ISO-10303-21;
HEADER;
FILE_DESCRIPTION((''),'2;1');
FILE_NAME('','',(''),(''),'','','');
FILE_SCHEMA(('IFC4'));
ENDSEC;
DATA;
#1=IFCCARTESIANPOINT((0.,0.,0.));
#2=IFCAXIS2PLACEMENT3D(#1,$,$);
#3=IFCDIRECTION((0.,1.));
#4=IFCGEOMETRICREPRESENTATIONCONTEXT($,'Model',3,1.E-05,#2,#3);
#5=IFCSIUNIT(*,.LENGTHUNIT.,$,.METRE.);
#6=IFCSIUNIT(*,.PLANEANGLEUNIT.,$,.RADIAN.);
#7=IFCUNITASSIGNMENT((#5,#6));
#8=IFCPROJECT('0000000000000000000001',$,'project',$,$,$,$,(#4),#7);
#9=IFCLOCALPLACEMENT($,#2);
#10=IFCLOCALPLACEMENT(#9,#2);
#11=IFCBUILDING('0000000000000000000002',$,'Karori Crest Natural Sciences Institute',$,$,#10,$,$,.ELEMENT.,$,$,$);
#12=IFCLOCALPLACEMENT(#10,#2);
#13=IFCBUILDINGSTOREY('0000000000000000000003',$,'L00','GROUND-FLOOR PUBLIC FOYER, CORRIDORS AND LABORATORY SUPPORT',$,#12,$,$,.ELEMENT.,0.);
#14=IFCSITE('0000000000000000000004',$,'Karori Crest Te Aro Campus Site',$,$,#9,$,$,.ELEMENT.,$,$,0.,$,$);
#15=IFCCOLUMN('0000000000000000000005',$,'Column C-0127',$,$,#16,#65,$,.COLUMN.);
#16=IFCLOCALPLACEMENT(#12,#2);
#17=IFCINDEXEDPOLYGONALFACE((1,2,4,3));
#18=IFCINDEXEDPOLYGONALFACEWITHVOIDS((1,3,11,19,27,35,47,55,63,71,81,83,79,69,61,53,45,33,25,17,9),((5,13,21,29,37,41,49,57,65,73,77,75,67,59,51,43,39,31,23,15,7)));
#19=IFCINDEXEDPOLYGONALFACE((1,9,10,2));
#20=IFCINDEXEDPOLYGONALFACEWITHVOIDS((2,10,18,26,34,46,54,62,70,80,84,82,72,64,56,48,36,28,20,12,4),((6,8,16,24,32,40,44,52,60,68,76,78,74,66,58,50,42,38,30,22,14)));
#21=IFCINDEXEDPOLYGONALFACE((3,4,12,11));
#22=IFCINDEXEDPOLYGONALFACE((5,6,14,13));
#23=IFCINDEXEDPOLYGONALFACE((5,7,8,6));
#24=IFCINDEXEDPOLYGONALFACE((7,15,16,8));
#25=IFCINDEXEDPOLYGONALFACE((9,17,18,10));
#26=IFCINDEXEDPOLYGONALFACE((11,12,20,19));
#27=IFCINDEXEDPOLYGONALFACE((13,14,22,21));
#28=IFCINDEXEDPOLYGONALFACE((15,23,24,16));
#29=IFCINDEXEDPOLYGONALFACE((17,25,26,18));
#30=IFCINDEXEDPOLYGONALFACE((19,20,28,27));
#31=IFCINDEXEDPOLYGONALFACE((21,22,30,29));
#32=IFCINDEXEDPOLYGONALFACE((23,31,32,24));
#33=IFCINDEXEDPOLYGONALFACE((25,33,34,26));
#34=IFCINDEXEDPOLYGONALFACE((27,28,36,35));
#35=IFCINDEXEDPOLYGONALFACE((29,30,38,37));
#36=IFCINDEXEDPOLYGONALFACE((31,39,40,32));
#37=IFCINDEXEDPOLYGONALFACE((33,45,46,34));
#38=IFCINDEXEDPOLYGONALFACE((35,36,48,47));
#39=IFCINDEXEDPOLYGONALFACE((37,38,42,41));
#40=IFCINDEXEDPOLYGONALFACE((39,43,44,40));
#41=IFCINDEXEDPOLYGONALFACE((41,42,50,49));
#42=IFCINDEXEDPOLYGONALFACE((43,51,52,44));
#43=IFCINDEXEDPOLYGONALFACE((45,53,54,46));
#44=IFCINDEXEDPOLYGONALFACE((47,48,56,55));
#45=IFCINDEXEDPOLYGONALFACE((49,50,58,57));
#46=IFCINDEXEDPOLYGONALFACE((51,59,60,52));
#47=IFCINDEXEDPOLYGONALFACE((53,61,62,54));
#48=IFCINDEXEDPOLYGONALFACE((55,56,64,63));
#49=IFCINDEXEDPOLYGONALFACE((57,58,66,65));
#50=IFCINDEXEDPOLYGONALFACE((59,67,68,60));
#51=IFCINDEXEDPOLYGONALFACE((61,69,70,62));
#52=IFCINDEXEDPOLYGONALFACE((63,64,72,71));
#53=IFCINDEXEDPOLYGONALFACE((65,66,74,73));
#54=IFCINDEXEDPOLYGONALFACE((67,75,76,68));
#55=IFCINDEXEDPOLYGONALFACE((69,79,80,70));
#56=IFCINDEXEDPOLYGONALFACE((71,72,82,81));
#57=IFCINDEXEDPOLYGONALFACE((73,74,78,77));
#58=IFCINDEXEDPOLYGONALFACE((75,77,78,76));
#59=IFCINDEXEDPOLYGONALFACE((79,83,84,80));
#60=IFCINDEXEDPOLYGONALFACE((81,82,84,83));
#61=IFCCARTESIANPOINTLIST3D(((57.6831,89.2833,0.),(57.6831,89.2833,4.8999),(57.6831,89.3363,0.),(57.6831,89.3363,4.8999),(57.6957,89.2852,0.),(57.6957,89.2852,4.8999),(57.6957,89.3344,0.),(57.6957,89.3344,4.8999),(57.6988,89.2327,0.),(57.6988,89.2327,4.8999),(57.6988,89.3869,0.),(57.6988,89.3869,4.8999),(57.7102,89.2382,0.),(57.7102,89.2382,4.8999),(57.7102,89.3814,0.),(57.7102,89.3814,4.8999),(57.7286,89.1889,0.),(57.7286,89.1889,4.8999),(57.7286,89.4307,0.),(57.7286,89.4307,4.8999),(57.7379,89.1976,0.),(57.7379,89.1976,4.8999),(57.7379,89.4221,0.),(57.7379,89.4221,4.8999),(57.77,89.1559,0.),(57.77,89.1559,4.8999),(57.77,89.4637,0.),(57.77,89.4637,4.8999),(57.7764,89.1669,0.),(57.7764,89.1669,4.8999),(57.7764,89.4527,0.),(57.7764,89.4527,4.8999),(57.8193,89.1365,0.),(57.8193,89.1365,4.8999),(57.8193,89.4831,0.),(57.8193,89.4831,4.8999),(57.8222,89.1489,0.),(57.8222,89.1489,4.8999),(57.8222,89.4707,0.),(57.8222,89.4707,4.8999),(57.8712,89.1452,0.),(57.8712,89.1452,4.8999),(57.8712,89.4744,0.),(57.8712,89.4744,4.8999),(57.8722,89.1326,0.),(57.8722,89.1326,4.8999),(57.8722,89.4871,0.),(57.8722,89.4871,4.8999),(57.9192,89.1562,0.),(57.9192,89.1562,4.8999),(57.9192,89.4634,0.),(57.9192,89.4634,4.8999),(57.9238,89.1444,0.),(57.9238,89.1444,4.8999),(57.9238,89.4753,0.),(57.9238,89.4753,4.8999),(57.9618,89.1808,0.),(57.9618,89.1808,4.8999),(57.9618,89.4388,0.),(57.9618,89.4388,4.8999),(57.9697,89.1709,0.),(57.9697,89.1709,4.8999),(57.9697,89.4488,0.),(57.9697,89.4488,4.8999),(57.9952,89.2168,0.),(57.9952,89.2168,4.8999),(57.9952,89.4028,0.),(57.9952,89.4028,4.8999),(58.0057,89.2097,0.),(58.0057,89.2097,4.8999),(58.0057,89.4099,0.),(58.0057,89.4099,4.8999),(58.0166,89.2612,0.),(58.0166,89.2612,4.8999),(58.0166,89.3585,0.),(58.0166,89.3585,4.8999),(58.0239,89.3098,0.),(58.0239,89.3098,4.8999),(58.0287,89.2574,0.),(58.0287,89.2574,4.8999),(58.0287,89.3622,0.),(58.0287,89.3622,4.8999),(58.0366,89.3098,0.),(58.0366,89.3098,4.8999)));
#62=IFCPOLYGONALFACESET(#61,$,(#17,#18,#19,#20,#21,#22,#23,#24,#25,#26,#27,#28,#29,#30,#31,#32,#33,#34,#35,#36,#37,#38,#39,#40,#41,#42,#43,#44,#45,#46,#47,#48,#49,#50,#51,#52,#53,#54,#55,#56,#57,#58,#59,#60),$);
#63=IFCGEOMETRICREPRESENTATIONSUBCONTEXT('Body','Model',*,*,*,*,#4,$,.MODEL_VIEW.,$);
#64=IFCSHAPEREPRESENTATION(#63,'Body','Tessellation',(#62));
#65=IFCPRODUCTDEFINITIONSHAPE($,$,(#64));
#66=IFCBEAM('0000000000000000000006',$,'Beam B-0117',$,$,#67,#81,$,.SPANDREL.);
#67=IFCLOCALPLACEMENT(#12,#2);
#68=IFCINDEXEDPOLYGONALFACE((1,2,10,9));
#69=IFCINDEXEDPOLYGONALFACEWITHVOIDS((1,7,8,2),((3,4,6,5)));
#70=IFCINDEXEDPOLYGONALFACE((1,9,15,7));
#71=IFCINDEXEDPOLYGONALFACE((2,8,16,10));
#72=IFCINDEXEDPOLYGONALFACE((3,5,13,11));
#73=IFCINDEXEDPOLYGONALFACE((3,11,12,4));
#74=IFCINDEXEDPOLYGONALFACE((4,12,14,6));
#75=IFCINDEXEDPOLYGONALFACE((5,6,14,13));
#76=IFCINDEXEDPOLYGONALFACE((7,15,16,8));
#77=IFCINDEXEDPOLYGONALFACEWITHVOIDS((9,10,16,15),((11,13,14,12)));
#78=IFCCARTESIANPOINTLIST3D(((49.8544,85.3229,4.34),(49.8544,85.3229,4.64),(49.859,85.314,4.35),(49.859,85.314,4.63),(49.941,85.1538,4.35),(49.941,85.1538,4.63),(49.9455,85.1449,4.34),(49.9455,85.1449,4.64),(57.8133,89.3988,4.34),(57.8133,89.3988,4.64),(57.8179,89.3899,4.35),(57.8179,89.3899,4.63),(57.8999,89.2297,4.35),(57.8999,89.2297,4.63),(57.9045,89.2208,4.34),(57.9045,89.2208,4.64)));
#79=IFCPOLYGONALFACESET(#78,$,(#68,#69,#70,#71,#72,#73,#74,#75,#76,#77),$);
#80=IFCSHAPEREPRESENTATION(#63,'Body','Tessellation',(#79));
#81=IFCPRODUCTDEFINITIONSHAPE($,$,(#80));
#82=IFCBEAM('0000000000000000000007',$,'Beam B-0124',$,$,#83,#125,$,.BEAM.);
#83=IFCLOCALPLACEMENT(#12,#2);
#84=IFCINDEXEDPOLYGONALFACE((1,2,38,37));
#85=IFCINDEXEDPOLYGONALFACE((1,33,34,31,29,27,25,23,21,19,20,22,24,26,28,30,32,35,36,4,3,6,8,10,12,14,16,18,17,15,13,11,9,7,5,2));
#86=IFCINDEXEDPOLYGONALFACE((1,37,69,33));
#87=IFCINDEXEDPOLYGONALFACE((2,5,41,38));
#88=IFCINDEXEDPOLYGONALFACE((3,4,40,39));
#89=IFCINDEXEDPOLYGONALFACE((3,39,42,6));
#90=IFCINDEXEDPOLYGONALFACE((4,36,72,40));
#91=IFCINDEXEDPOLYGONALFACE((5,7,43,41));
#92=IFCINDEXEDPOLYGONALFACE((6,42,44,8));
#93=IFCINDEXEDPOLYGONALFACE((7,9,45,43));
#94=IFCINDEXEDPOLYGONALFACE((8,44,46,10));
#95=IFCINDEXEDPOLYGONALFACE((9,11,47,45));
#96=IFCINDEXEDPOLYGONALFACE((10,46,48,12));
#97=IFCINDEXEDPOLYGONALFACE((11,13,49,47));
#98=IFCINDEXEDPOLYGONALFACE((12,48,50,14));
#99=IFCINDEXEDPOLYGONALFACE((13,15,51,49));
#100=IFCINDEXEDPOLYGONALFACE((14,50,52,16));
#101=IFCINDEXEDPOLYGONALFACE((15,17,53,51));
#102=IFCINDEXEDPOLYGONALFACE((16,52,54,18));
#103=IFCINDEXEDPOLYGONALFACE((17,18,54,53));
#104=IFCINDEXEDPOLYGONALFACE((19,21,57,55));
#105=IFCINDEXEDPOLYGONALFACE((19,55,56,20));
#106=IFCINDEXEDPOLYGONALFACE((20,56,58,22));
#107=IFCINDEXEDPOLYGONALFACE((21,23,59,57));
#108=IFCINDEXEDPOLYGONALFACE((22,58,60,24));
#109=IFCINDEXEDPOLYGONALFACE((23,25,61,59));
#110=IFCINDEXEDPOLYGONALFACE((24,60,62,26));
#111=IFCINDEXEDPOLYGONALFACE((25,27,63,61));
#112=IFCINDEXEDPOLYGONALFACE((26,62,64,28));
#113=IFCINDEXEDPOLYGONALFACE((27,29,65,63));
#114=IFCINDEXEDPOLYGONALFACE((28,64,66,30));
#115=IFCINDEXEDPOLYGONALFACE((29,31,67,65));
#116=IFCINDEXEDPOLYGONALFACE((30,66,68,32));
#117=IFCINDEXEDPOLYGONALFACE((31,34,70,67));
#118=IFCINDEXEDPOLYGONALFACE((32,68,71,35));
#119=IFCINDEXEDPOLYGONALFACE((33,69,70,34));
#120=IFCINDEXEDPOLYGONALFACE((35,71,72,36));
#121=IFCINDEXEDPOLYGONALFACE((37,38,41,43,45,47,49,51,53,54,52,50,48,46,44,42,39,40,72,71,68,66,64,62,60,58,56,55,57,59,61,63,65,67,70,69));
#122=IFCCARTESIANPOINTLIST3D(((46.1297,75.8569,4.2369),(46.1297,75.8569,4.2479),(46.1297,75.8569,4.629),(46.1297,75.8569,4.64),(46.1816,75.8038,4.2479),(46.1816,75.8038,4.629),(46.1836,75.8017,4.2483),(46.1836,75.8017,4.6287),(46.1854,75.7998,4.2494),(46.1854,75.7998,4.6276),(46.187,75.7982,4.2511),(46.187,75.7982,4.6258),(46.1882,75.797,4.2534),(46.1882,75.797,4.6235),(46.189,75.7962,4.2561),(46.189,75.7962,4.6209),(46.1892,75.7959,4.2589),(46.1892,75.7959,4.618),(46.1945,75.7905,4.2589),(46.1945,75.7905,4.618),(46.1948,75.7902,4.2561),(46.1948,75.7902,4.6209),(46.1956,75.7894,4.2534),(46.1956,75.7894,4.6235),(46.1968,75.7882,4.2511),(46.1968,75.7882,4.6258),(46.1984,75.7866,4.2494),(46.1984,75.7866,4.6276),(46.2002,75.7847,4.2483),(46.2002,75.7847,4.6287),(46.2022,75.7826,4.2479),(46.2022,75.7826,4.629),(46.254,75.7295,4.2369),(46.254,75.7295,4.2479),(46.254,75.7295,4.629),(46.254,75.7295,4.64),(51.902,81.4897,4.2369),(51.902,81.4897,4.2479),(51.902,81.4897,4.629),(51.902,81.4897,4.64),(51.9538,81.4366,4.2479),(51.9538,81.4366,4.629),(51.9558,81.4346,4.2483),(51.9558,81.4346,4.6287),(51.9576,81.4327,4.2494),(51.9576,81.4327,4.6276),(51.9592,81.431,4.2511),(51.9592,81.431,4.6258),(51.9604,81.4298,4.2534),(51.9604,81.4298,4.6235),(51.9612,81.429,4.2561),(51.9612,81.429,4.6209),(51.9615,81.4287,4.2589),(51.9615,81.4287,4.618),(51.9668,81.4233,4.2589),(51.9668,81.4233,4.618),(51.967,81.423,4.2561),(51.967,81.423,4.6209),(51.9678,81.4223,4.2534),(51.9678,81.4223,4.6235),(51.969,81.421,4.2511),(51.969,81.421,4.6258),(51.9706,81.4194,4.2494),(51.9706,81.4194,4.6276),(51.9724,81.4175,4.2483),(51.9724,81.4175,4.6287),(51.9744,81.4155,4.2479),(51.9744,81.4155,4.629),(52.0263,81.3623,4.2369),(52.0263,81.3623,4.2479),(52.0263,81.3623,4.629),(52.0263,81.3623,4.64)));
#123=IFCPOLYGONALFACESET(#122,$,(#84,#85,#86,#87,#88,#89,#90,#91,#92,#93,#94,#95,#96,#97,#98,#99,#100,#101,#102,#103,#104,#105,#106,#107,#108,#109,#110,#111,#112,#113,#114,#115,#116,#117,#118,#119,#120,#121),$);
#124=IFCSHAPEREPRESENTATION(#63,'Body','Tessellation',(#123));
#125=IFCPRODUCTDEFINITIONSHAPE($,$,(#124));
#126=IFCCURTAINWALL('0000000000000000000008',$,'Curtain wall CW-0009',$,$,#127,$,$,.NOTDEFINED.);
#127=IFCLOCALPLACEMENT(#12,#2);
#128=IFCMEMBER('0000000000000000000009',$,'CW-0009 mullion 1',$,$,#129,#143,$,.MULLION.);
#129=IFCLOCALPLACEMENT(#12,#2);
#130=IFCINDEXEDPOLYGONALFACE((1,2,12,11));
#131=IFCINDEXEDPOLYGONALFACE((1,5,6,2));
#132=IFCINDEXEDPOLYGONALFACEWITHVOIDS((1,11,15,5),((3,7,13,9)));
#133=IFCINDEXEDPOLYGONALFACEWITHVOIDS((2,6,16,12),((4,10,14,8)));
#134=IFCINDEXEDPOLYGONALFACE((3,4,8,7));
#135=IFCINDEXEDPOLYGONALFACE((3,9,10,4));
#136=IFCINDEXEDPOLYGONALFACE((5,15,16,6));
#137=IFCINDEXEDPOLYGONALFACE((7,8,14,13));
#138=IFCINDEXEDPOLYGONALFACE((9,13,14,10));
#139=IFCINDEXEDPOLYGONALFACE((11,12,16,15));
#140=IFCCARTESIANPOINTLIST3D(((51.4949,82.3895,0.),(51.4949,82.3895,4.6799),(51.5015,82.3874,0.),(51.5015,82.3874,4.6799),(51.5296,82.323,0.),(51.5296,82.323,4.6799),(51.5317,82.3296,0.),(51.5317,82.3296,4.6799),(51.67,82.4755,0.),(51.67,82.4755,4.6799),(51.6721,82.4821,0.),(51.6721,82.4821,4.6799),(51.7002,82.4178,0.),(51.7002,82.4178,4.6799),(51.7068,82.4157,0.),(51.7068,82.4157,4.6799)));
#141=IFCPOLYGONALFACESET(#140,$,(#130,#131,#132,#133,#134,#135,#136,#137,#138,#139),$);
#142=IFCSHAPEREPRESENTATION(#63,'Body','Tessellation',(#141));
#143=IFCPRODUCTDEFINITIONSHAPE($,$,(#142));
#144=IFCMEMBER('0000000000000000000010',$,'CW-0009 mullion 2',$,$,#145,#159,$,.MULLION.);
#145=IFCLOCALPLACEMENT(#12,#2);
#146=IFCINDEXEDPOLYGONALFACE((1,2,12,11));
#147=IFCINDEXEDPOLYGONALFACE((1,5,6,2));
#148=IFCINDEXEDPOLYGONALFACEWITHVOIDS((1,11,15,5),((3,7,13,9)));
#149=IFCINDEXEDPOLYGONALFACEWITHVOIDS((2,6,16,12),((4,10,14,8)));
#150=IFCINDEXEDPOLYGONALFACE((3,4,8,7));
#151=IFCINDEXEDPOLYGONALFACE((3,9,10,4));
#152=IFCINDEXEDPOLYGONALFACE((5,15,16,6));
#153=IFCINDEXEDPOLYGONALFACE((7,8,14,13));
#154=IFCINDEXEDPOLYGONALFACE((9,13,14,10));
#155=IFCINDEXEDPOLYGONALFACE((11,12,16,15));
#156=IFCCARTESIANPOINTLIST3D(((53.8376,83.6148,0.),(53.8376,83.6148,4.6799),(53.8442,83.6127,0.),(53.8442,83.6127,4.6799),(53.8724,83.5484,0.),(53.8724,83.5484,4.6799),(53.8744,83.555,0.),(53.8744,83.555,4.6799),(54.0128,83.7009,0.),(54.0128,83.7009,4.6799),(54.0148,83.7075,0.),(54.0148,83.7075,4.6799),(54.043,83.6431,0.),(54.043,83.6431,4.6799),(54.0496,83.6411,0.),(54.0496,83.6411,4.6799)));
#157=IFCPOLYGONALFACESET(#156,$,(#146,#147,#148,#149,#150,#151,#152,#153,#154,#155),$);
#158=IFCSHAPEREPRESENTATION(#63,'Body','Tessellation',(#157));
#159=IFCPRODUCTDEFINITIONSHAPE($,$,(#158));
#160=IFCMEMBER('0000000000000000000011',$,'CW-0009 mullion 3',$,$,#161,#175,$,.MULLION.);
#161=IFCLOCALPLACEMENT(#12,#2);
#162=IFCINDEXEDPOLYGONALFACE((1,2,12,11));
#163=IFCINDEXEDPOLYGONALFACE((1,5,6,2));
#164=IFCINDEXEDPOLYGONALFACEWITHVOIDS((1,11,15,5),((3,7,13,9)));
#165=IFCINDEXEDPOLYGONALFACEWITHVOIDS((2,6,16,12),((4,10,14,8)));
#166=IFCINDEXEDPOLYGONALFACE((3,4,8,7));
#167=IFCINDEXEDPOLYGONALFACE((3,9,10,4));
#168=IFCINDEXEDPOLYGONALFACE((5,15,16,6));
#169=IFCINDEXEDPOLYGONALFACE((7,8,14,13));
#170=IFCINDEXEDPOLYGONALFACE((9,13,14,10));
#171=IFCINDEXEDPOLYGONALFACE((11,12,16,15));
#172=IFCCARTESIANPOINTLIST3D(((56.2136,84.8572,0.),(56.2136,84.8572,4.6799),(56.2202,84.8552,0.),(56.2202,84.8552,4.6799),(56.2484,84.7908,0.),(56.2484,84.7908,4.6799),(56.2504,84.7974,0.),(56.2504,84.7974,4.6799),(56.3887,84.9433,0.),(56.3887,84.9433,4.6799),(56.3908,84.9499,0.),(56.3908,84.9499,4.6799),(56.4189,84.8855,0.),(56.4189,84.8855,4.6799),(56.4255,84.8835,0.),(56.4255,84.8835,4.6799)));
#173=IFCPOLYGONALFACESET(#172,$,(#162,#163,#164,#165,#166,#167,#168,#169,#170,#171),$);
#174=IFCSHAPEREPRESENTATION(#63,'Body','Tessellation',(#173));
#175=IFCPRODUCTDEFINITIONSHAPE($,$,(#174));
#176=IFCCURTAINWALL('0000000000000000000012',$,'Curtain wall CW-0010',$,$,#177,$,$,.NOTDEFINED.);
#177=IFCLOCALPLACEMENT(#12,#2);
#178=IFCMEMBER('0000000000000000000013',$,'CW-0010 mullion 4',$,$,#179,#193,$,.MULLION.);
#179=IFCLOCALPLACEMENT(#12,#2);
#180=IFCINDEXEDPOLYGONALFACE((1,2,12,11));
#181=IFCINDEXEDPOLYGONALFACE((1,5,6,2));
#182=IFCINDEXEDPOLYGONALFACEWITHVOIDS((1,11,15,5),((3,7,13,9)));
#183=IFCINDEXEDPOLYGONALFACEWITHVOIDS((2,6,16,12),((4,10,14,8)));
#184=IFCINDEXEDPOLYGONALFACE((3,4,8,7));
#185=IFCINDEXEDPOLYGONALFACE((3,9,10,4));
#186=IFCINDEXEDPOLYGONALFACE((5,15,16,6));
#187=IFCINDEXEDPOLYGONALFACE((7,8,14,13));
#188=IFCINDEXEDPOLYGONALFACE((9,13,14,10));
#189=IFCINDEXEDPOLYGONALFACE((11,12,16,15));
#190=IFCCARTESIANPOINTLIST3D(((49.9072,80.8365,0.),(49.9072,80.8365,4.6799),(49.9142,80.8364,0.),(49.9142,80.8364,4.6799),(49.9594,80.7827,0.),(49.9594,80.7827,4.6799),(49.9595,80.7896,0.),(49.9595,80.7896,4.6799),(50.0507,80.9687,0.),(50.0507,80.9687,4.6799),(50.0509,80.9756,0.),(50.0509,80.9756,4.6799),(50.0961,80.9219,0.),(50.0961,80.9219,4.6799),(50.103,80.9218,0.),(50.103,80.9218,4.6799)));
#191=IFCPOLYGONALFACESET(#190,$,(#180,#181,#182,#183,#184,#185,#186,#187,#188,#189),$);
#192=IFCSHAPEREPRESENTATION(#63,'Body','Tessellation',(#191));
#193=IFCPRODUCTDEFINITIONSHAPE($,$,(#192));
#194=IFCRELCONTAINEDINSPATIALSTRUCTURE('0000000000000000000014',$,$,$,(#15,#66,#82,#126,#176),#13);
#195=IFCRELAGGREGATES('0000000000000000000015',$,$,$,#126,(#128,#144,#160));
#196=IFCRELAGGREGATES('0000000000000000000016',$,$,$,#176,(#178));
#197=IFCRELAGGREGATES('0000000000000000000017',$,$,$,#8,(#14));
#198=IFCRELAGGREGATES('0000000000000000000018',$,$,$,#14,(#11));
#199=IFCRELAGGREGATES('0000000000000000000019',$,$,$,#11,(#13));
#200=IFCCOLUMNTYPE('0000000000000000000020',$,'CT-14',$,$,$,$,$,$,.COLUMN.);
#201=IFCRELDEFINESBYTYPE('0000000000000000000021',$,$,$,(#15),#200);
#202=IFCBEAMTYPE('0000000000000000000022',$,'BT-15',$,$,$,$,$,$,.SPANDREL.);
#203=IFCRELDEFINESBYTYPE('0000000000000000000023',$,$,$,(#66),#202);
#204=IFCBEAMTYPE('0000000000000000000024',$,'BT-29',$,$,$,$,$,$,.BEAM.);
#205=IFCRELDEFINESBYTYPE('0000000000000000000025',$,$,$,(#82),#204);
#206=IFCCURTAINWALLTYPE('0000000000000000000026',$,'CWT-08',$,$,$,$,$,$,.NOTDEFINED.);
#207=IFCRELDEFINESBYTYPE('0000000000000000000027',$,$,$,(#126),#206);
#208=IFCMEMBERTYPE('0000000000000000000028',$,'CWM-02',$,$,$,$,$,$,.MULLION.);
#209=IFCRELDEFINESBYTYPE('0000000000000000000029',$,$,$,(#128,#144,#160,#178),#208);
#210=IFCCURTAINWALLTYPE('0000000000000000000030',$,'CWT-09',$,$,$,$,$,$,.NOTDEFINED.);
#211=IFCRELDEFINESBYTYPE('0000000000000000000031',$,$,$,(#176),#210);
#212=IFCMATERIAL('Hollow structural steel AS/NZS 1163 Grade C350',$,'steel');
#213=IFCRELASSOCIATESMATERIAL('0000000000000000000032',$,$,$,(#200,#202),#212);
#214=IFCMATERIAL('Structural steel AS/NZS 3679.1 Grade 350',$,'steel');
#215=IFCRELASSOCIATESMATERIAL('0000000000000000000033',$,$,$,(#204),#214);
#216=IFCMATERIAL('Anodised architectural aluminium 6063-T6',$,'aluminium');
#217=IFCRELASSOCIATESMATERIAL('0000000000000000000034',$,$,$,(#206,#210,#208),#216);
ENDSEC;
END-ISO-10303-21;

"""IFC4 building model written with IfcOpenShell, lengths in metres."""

from ifc_helpers import new_model, si_unit, direction, frame, origin, origin_2d, place, context, subcontext, project, spatial, hollow_rectangle, hollow_circle, i_section, extrude, material, material_profile, profile_set, type_object, element, aggregate, save


model = new_model("IFC4")

# Units and contexts
model_context = context("Model", 3, precision=1e-05, world=origin(), true_north=direction((0.0, 1.0)))
body_context = subcontext(model_context, "Body", "Model", "MODEL_VIEW")
ifc_project = project(units=[si_unit("LENGTHUNIT", "METRE"), si_unit("PLANEANGLEUNIT", "RADIAN")], contexts=[model_context])

# Site, building, storey
site_placement = place(None, origin())
site = spatial("IfcSite", under=ifc_project, at=site_placement, Name="Karori Crest Te Aro Campus Site", CompositionType="ELEMENT", RefElevation=0.0)
building_placement = place(site_placement, origin())
building = spatial("IfcBuilding", under=site, at=building_placement, Name="Karori Crest Natural Sciences Institute", CompositionType="ELEMENT")
storey_placement = place(building_placement, origin())
storey = spatial("IfcBuildingStorey", under=building, at=storey_placement, Name="L00", Description="GROUND-FLOOR PUBLIC FOYER, CORRIDORS AND LABORATORY SUPPORT", CompositionType="ELEMENT", Elevation=0.0)

# Column
ifc_material_1 = material(Name="Hollow structural steel AS/NZS 1163 Grade C350", Category="steel")
ifc_material_profile_1 = material_profile(ifc_material_1, hollow_circle(Radius=0.1777, WallThickness=0.0127, at=origin_2d()), Name="CHS355.6x12.7")
ifc_profile_set_1 = profile_set([ifc_material_profile_1], Name="Hollow structural steel AS/NZS 1163 Grade C350")
column_type = type_object("IfcColumnType", Name="CT-14", PredefinedType="COLUMN", material=ifc_profile_set_1)
column_placement = place(storey_placement, frame((57.8589, 89.3098, 0.0), z_axis=(0.0, 0.0, 1.0), x_axis=(1.0, 0.0, 0.0)))
element("IfcColumn", 1, at=column_placement, inside=storey, type_object=column_type, Name="Column C-0127", PredefinedType="COLUMN", context=body_context, shape_type="SweptSolid", body=[
    extrude(hollow_circle(Radius=0.1777, WallThickness=0.0127, at=origin_2d()), origin(), (0.0, 0.0, 1.0), 4.8999),
])

# Beams
ifc_material_profile_2 = material_profile(ifc_material_1, hollow_rectangle(XDim=0.2, YDim=0.3, WallThickness=0.01, at=origin_2d()), Name="RHS300x200x10")
ifc_profile_set_2 = profile_set([ifc_material_profile_2], Name="Hollow structural steel AS/NZS 1163 Grade C350")
beam_type_1 = type_object("IfcBeamType", Name="BT-15", PredefinedType="SPANDREL", material=ifc_profile_set_2)
beam_1_placement = place(storey_placement, frame((57.8589, 89.3098, 4.49), z_axis=(-0.890072, -0.45582, 0.0), x_axis=(0.45582, -0.890072, 0.0)))
element("IfcBeam", 2, at=beam_1_placement, inside=storey, type_object=beam_type_1, Name="Beam B-0117", PredefinedType="SPANDREL", context=body_context, shape_type="SweptSolid", body=[
    extrude(hollow_rectangle(XDim=0.2, YDim=0.3, WallThickness=0.01, at=origin_2d()), origin(), (0.0, 0.0, 1.0), 8.9419),
])
ifc_material_2 = material(Name="Structural steel AS/NZS 3679.1 Grade 350", Category="steel")
ifc_material_profile_3 = material_profile(ifc_material_2, i_section(OverallWidth=0.178, OverallDepth=0.4031, WebThickness=0.0076, FlangeThickness=0.011, FilletRadius=0.011, at=origin_2d()), Name="410UB53.7")
ifc_profile_set_3 = profile_set([ifc_material_profile_3], Name="Structural steel AS/NZS 3679.1 Grade 350")
beam_type_2 = type_object("IfcBeamType", Name="BT-29", PredefinedType="BEAM", material=ifc_profile_set_3)
beam_2_placement = place(storey_placement, frame((51.9641, 81.426, 4.4385), z_axis=(-0.715696, -0.698412, 0.0), x_axis=(0.698412, -0.715696, 0.0)))
element("IfcBeam", 3, at=beam_2_placement, inside=storey, type_object=beam_type_2, Name="Beam B-0124", PredefinedType="BEAM", context=body_context, shape_type="SweptSolid", body=[
    extrude(i_section(OverallWidth=0.178, OverallDepth=0.4031, WebThickness=0.0076, FlangeThickness=0.011, FilletRadius=0.011, at=origin_2d()), origin(), (0.0, 0.0, 1.0), 8.0652),
])

# Curtain walls, members
ifc_material_3 = material(Name="Anodised architectural aluminium 6063-T6", Category="aluminium")
curtain_wall_type_1 = type_object("IfcCurtainWallType", Name="CWT-08", PredefinedType="NOTDEFINED", material=ifc_material_3)
curtain_wall_1_placement = place(storey_placement, origin())
curtain_wall_1 = element("IfcCurtainWall", 4, at=curtain_wall_1_placement, inside=storey, type_object=curtain_wall_type_1, Name="Curtain wall CW-0009", PredefinedType="NOTDEFINED")
ifc_material_profile_4 = material_profile(ifc_material_3, hollow_rectangle(XDim=0.075, YDim=0.2, WallThickness=0.0049, at=origin_2d()), Name="CWM200x75x5")
ifc_profile_set_4 = profile_set([ifc_material_profile_4], Name="Anodised architectural aluminium 6063-T6")
member_type_1 = type_object("IfcMemberType", Name="CWM-02", PredefinedType="MULLION", material=ifc_profile_set_4)
member_1_placement = place(storey_placement, frame((51.6008, 82.4026, 0.0), z_axis=(0.0, 0.0, 1.0), x_axis=(-0.463426, 0.886136, 0.0)))
member_1 = element("IfcMember", 5, at=member_1_placement, type_object=member_type_1, Name="CW-0009 mullion 1", PredefinedType="MULLION", context=body_context, shape_type="SweptSolid", body=[
    extrude(hollow_rectangle(XDim=0.075, YDim=0.2, WallThickness=0.0049, at=origin_2d()), origin(), (0.0, 0.0, 1.0), 4.6799),
])
member_2_placement = place(storey_placement, frame((53.9436, 83.6279, 0.0), z_axis=(0.0, 0.0, 1.0), x_axis=(-0.463426, 0.886136, 0.0)))
member_2 = element("IfcMember", 6, at=member_2_placement, type_object=member_type_1, Name="CW-0009 mullion 2", PredefinedType="MULLION", context=body_context, shape_type="SweptSolid", body=[
    extrude(hollow_rectangle(XDim=0.075, YDim=0.2, WallThickness=0.0049, at=origin_2d()), origin(), (0.0, 0.0, 1.0), 4.6799),
])
member_3_placement = place(storey_placement, frame((56.3196, 84.8704, 0.0), z_axis=(0.0, 0.0, 1.0), x_axis=(-0.463426, 0.886136, 0.0)))
member_3 = element("IfcMember", 7, at=member_3_placement, type_object=member_type_1, Name="CW-0009 mullion 3", PredefinedType="MULLION", context=body_context, shape_type="SweptSolid", body=[
    extrude(hollow_rectangle(XDim=0.075, YDim=0.2, WallThickness=0.0049, at=origin_2d()), origin(), (0.0, 0.0, 1.0), 4.6799),
])
curtain_wall_type_2 = type_object("IfcCurtainWallType", Name="CWT-09", PredefinedType="NOTDEFINED", material=ifc_material_3)
curtain_wall_2_placement = place(storey_placement, origin())
curtain_wall_2 = element("IfcCurtainWall", 8, at=curtain_wall_2_placement, inside=storey, type_object=curtain_wall_type_2, Name="Curtain wall CW-0010", PredefinedType="NOTDEFINED")
member_4_placement = place(storey_placement, frame((50.0051, 80.8792, 0.0), z_axis=(0.0, 0.0, 1.0), x_axis=(-0.695839, 0.718198, 0.0)))
member_4 = element("IfcMember", 9, at=member_4_placement, type_object=member_type_1, Name="CW-0010 mullion 4", PredefinedType="MULLION", context=body_context, shape_type="SweptSolid", body=[
    extrude(hollow_rectangle(XDim=0.075, YDim=0.2, WallThickness=0.0049, at=origin_2d()), origin(), (0.0, 0.0, 1.0), 4.6799),
])

aggregate(curtain_wall_1, [member_1, member_2, member_3])
aggregate(curtain_wall_2, [member_4])

save(model, "model.ifc")
